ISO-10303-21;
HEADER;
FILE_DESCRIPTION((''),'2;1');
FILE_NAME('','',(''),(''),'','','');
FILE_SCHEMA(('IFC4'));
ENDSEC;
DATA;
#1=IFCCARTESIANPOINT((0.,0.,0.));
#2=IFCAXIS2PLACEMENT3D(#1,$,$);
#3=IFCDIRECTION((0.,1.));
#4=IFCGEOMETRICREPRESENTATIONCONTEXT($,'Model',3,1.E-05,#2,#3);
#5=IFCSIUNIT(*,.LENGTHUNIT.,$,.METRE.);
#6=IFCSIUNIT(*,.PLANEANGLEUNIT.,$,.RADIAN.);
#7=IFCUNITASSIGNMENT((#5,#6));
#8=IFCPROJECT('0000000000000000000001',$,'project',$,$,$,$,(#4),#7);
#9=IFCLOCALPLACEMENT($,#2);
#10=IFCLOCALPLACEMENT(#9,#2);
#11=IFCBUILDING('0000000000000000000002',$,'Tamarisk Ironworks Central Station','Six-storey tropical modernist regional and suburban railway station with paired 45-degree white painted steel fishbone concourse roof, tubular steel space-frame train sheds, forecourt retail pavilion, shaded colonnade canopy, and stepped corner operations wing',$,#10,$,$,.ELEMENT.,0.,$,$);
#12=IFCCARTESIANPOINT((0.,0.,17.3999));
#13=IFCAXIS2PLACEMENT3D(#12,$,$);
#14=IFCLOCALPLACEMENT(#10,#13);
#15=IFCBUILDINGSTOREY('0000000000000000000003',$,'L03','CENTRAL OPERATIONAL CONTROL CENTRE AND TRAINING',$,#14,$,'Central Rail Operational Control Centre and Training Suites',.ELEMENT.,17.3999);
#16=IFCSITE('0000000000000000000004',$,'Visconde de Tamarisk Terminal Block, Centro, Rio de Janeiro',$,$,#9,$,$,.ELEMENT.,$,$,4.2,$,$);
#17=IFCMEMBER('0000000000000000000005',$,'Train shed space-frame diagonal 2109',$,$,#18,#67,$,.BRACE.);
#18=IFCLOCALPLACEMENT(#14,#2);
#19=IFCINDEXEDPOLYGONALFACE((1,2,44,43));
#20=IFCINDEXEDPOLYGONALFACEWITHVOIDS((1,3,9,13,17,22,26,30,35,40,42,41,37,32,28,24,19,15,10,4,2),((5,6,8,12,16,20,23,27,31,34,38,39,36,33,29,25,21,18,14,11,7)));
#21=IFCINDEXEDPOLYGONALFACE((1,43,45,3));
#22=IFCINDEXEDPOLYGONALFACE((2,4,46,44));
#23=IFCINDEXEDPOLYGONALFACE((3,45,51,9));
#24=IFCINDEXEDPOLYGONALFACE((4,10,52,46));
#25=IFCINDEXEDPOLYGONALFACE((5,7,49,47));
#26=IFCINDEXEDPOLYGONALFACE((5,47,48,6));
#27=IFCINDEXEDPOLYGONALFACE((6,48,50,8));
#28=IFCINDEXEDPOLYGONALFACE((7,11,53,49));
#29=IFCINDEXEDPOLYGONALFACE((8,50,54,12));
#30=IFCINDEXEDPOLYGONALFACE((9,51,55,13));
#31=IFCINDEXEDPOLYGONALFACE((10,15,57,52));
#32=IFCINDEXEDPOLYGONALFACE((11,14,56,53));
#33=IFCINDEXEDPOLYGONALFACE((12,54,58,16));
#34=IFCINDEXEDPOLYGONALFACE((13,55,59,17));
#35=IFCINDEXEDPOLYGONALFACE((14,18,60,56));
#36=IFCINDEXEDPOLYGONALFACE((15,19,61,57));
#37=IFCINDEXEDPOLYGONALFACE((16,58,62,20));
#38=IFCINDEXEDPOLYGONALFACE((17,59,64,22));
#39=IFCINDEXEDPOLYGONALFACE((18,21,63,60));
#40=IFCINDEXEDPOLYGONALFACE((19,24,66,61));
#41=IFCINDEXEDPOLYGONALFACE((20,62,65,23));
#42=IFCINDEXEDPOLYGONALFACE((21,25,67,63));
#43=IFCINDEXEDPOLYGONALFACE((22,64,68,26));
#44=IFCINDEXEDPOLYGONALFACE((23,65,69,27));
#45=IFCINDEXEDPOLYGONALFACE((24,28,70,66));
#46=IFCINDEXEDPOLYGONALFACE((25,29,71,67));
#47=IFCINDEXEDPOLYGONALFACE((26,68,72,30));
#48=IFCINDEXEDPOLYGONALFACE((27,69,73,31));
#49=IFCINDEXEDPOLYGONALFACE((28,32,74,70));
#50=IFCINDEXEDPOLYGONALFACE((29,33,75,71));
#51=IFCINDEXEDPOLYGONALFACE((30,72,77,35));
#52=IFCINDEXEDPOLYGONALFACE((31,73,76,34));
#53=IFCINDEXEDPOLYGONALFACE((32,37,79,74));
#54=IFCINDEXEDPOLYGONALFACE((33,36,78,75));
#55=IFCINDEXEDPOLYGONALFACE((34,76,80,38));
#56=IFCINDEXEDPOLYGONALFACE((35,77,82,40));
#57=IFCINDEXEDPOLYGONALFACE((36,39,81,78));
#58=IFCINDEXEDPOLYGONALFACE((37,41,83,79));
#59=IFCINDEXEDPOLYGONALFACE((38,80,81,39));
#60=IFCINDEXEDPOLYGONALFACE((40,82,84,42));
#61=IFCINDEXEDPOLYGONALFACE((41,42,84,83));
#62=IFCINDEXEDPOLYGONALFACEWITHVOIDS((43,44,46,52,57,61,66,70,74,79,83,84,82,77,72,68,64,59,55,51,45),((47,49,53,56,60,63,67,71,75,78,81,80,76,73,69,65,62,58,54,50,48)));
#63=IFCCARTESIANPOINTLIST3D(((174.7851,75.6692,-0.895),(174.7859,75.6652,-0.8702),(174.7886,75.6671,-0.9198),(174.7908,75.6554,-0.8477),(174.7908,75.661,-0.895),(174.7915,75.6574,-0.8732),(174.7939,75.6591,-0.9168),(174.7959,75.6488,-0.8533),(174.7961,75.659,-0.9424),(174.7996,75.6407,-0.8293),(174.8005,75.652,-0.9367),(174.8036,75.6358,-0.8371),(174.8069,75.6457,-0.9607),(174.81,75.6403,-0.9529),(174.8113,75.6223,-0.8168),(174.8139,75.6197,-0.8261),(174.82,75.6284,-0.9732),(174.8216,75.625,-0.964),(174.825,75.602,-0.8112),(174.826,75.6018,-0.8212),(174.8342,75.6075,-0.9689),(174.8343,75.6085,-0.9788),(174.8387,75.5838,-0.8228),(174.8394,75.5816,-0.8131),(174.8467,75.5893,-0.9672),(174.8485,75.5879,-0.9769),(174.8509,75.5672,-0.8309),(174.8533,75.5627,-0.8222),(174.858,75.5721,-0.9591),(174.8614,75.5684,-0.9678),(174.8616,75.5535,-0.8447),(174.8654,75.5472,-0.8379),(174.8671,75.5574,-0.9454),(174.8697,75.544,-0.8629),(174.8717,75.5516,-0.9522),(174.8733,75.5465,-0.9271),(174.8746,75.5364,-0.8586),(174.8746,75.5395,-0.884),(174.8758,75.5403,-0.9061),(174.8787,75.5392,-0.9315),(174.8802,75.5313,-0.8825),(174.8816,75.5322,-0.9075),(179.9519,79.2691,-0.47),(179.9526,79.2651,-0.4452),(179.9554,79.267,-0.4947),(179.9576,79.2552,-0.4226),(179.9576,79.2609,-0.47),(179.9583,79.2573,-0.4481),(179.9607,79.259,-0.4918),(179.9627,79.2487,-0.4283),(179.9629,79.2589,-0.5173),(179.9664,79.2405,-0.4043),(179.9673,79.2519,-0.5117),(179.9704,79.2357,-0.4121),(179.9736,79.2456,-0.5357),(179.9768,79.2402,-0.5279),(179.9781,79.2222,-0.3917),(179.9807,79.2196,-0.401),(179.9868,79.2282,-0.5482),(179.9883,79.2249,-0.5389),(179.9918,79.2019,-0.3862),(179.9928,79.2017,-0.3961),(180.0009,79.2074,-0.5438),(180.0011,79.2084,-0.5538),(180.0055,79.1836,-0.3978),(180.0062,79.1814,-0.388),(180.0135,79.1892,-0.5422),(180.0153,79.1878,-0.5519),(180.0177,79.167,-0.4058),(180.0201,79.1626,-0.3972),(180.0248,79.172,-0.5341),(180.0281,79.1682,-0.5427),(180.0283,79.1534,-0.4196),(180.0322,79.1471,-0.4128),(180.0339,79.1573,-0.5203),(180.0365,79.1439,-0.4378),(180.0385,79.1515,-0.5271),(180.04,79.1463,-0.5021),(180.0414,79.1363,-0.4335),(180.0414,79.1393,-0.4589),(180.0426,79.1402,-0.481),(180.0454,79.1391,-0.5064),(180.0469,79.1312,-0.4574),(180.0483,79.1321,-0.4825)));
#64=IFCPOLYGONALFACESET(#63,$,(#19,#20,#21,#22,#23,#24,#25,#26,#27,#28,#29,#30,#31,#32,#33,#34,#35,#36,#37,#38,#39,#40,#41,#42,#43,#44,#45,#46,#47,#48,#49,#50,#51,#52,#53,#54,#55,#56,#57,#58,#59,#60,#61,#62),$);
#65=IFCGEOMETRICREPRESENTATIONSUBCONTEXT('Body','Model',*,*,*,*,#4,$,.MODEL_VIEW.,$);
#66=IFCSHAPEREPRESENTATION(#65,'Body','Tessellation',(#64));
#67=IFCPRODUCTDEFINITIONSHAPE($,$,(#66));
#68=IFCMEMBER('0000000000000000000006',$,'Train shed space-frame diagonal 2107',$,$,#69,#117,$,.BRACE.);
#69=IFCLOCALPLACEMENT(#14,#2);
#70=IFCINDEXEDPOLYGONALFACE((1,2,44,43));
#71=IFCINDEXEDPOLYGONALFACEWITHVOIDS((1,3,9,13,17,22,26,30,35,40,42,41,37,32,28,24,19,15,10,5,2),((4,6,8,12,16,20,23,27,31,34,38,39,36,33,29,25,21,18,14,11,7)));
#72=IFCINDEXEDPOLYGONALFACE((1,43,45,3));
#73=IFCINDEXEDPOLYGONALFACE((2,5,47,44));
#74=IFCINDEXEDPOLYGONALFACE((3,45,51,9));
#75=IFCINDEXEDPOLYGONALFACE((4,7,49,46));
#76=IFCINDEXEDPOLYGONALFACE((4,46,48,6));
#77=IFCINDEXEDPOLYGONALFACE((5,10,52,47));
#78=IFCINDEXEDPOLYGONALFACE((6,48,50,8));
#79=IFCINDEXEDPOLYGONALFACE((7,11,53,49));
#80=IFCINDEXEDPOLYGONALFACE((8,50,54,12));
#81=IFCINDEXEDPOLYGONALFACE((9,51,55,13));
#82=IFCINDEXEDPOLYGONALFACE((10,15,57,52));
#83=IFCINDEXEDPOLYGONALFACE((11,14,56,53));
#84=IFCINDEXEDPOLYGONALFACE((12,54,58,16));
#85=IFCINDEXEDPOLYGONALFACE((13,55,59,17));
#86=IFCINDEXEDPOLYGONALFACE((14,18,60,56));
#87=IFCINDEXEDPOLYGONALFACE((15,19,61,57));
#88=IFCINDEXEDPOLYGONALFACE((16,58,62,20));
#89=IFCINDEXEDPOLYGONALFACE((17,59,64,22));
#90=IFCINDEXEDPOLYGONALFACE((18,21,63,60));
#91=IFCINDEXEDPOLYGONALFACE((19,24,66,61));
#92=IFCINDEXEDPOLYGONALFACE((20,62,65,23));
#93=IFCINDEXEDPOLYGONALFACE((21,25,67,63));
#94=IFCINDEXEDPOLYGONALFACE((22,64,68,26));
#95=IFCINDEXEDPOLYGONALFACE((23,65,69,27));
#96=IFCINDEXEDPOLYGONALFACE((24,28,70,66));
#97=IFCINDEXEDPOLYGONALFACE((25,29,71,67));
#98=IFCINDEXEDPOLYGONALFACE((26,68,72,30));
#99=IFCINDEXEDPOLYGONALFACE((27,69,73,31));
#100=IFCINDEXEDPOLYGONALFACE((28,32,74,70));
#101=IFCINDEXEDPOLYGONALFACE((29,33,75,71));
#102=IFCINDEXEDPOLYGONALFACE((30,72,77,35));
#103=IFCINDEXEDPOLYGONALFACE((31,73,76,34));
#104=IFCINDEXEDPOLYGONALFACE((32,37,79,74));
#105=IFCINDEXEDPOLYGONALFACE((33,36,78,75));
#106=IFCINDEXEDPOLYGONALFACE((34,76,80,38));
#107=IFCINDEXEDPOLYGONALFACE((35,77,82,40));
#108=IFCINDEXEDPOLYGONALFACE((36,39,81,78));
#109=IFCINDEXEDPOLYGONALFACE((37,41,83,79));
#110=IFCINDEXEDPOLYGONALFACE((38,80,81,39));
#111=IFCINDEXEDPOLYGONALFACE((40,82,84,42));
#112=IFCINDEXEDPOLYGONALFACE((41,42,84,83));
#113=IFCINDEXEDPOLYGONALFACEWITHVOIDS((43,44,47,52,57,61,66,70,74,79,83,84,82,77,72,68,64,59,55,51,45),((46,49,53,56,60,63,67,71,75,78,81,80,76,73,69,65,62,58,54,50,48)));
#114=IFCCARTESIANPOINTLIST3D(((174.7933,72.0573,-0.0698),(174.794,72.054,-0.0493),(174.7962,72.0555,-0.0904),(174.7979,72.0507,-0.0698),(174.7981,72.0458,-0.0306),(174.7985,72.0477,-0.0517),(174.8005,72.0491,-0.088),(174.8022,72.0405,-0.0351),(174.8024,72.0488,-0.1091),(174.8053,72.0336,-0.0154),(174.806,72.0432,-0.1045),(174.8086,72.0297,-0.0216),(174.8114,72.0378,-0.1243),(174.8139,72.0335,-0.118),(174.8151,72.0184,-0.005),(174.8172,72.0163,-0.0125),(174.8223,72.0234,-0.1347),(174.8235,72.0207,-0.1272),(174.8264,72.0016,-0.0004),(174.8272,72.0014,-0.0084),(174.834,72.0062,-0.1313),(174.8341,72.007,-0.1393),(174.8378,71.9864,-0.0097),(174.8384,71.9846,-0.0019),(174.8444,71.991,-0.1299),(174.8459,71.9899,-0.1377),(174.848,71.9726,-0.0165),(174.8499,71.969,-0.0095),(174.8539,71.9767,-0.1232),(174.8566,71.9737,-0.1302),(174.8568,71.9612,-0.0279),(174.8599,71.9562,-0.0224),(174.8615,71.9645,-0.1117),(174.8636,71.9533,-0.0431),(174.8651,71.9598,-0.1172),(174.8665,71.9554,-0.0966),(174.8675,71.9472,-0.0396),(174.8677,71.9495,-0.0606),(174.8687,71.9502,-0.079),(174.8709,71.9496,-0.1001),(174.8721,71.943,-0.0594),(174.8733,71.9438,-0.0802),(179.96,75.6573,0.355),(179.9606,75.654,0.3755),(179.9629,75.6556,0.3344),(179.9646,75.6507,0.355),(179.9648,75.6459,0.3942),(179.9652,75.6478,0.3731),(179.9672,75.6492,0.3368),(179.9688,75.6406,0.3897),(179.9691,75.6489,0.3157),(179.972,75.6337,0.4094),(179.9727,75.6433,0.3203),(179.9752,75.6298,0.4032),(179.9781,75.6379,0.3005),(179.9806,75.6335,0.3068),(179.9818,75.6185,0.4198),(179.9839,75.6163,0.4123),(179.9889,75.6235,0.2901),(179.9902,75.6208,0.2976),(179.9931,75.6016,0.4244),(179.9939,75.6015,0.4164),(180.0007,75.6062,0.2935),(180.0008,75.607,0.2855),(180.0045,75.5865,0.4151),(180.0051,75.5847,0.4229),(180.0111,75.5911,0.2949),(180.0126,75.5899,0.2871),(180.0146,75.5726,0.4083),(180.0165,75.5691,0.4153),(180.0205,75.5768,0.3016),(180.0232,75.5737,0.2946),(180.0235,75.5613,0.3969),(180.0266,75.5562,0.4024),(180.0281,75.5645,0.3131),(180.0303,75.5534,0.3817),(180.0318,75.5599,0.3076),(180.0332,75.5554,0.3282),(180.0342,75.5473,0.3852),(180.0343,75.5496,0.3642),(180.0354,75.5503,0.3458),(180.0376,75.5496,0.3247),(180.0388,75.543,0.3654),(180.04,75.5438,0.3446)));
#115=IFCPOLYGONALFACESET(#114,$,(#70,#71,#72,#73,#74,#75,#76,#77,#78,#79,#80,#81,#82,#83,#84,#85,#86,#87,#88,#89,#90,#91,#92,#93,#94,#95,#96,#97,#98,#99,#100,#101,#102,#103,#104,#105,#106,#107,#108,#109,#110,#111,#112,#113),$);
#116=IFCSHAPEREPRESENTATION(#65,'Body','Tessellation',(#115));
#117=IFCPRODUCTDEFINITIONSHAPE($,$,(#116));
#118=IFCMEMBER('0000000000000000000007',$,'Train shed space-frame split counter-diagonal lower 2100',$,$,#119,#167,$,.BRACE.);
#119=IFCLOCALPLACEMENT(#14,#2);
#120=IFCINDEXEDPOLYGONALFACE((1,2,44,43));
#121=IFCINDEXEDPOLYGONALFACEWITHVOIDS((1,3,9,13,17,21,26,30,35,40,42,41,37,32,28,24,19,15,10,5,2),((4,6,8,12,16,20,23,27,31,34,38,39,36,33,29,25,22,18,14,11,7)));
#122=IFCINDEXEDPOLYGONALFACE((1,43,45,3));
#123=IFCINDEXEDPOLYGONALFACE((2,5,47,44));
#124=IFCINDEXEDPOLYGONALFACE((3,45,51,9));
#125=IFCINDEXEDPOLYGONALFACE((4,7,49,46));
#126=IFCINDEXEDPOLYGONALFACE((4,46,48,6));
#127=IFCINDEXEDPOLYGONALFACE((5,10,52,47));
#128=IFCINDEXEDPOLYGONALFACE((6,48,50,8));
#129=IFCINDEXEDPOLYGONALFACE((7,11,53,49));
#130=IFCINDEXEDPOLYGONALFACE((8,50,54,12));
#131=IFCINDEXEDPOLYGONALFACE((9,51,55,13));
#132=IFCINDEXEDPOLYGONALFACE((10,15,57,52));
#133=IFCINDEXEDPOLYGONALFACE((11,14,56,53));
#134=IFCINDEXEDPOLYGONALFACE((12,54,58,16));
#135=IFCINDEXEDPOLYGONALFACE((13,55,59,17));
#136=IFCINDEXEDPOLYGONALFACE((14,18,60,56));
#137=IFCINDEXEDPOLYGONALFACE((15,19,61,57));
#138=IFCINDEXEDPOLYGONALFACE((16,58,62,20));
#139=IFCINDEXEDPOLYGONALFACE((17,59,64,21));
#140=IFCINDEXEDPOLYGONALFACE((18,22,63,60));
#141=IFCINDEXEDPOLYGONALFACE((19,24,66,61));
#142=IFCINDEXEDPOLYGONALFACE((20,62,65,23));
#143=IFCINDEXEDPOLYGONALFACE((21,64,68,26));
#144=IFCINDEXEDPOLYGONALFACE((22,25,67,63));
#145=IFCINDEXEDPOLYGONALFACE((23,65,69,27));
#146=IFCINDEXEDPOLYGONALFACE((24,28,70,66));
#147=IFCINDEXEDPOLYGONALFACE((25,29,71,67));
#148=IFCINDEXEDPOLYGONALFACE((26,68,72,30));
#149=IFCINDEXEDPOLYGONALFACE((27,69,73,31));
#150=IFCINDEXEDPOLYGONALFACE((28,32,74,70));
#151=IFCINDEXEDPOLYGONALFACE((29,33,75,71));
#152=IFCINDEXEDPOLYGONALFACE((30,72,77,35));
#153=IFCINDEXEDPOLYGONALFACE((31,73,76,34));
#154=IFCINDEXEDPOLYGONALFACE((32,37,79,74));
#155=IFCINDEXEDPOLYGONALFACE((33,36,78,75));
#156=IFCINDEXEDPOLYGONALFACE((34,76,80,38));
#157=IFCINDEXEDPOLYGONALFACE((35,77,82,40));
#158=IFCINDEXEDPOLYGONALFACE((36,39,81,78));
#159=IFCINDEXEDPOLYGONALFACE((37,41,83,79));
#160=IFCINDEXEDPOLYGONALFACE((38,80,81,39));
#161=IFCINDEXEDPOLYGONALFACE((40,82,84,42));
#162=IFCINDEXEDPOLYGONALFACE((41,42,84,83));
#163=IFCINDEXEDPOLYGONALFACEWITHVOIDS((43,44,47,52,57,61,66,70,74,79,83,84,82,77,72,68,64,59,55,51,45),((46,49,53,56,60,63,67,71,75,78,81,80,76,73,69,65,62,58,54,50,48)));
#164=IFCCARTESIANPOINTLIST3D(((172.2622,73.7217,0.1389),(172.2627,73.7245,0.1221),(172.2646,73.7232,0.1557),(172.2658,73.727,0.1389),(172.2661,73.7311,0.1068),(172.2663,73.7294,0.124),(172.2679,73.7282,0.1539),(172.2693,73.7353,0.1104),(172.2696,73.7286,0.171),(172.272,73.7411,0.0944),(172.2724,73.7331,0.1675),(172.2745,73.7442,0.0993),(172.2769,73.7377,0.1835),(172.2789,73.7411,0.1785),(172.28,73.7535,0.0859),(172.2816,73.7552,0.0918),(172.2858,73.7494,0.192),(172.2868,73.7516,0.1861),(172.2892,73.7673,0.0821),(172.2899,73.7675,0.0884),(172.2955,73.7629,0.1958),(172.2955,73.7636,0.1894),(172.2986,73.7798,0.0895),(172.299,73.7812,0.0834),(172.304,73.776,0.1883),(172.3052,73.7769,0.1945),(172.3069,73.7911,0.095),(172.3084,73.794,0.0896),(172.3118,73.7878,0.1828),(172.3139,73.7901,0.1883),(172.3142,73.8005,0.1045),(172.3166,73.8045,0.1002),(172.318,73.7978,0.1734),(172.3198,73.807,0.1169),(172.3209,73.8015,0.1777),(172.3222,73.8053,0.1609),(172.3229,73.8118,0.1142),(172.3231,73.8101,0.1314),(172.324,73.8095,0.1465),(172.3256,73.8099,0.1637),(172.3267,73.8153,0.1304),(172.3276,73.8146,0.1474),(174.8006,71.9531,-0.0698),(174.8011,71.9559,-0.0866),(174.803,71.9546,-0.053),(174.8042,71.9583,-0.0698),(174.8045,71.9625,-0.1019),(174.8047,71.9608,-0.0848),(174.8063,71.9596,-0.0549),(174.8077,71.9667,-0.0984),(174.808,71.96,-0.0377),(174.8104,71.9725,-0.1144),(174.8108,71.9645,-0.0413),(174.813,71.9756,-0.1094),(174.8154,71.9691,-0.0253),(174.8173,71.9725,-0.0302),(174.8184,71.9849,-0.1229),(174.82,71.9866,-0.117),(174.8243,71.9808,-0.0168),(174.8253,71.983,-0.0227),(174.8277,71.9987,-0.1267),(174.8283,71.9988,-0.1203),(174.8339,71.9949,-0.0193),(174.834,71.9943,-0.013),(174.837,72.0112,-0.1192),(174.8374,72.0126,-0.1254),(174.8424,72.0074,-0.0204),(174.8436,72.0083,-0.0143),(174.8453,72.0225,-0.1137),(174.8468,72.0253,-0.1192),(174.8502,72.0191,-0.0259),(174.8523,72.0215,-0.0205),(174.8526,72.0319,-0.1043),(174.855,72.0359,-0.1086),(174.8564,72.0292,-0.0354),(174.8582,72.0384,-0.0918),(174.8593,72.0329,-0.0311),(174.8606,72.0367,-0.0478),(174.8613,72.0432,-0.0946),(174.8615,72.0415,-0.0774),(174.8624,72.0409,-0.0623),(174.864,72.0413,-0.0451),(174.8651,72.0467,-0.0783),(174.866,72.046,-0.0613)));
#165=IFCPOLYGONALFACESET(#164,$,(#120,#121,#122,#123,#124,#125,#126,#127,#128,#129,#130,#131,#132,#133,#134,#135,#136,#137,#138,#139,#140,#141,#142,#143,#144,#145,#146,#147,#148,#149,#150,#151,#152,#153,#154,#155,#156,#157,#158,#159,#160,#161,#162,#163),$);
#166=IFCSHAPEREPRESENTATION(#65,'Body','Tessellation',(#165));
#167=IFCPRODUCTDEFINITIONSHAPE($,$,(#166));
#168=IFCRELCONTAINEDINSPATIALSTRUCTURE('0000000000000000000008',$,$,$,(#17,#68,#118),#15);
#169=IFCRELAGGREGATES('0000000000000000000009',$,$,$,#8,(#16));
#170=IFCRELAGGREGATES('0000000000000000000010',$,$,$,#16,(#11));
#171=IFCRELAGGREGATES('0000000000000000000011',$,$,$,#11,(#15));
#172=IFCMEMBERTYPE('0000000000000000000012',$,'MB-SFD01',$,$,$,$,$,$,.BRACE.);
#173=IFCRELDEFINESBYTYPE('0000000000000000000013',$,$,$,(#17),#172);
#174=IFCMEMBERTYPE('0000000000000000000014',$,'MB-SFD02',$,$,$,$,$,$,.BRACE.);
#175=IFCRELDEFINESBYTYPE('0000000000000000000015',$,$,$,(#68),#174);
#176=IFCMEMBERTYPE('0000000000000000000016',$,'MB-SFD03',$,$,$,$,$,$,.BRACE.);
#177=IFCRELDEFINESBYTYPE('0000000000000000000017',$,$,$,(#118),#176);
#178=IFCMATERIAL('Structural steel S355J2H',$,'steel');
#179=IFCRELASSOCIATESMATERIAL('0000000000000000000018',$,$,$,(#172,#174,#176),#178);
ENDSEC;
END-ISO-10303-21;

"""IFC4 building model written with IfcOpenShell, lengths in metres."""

from ifc_helpers import new_model, si_unit, direction, frame, origin, origin_2d, place, context, subcontext, project, spatial, hollow_circle, extrude, material, material_profile, profile_set, type_object, element, save


model = new_model("IFC4")

# Units and contexts
model_context = context("Model", 3, precision=1e-05, world=origin(), true_north=direction((0.0, 1.0)))
body_context = subcontext(model_context, "Body", "Model", "MODEL_VIEW")
ifc_project = project(units=[si_unit("LENGTHUNIT", "METRE"), si_unit("PLANEANGLEUNIT", "RADIAN")], contexts=[model_context])

# Site, building, storey
site_placement = place(None, origin())
site = spatial("IfcSite", under=ifc_project, at=site_placement, Name="Visconde de Tamarisk Terminal Block, Centro, Rio de Janeiro", CompositionType="ELEMENT", RefElevation=4.2)
building_placement = place(site_placement, origin())
building = spatial("IfcBuilding", under=site, at=building_placement, Name="Tamarisk Ironworks Central Station", Description="Six-storey tropical modernist regional and suburban railway station with paired 45-degree white painted steel fishbone concourse roof, tubular steel space-frame train sheds, forecourt retail pavilion, shaded colonnade canopy, and stepped corner operations wing", CompositionType="ELEMENT", ElevationOfRefHeight=0.0)
storey_placement = place(building_placement, frame((0.0, 0.0, 17.3999)))
storey = spatial("IfcBuildingStorey", under=building, at=storey_placement, Name="L03", Description="CENTRAL OPERATIONAL CONTROL CENTRE AND TRAINING", LongName="Central Rail Operational Control Centre and Training Suites", CompositionType="ELEMENT", Elevation=17.3999)

# Members
ifc_material_1 = material(Name="Structural steel S355J2H", Category="steel")
ifc_material_profile_1 = material_profile(ifc_material_1, hollow_circle(Radius=0.0842, WallThickness=0.01, at=origin_2d()), Name="CHS 168.3x10")
ifc_profile_set_1 = profile_set([ifc_material_profile_1], Name="Structural steel S355J2H")
member_type_1 = type_object("IfcMemberType", Name="MB-SFD01", PredefinedType="BRACE", material=ifc_profile_set_1)
member_1_placement = place(storey_placement, frame((174.8333, 75.6001, -0.895), z_axis=(0.818626, 0.570365, 0.067345), x_axis=(-0.571663, 0.820489, 0.0)))
element("IfcMember", 1, at=member_1_placement, inside=storey, type_object=member_type_1, Name="Train shed space-frame diagonal 2109", PredefinedType="BRACE", context=body_context, shape_type="SweptSolid", body=[
    extrude(hollow_circle(Radius=0.0842, WallThickness=0.01, at=origin_2d()), origin(), (0.0, 0.0, 1.0), 6.3115),
])
ifc_material_profile_2 = material_profile(ifc_material_1, hollow_circle(Radius=0.0698, WallThickness=0.0081, at=origin_2d()), Name="CHS 139.7x8")
ifc_profile_set_2 = profile_set([ifc_material_profile_2], Name="Structural steel S355J2H")
member_type_2 = type_object("IfcMemberType", Name="MB-SFD02", PredefinedType="BRACE", material=ifc_profile_set_2)
member_2_placement = place(storey_placement, frame((174.8333, 72.0, -0.0698), z_axis=(0.81861, 0.570393, 0.067305), x_axis=(-0.571689, 0.82047, 0.0)))
element("IfcMember", 2, at=member_2_placement, inside=storey, type_object=member_type_2, Name="Train shed space-frame diagonal 2107", PredefinedType="BRACE", context=body_context, shape_type="SweptSolid", body=[
    extrude(hollow_circle(Radius=0.0698, WallThickness=0.0081, at=origin_2d()), origin(), (0.0, 0.0, 1.0), 6.3115),
])
ifc_material_profile_3 = material_profile(ifc_material_1, hollow_circle(Radius=0.0571, WallThickness=0.0063, at=origin_2d()), Name="CHS 114.3x6.3")
ifc_profile_set_3 = profile_set([ifc_material_profile_3], Name="Structural steel S355J2H")
member_type_3 = type_object("IfcMemberType", Name="MB-SFD03", PredefinedType="BRACE", material=ifc_profile_set_3)
for number, where, z_axis, x_axis, name in (
    (3, (174.8333, 72.0, -0.0698), (-0.818625, 0.570369, 0.06732), (-0.571666, -0.820487, 0.0), "Train shed space-frame split counter-diagonal lower 2100"),
):
    element("IfcMember", number, at=place(storey_placement, frame(where, z_axis=z_axis, x_axis=x_axis)), inside=storey, type_object=member_type_3, Name=name, PredefinedType="BRACE", context=body_context, shape_type="SweptSolid", body=[
        extrude(hollow_circle(Radius=0.0571, WallThickness=0.0063, at=origin_2d()), origin(), (0.0, 0.0, 1.0), 3.1008),
    ])

save(model, "model.ifc")
